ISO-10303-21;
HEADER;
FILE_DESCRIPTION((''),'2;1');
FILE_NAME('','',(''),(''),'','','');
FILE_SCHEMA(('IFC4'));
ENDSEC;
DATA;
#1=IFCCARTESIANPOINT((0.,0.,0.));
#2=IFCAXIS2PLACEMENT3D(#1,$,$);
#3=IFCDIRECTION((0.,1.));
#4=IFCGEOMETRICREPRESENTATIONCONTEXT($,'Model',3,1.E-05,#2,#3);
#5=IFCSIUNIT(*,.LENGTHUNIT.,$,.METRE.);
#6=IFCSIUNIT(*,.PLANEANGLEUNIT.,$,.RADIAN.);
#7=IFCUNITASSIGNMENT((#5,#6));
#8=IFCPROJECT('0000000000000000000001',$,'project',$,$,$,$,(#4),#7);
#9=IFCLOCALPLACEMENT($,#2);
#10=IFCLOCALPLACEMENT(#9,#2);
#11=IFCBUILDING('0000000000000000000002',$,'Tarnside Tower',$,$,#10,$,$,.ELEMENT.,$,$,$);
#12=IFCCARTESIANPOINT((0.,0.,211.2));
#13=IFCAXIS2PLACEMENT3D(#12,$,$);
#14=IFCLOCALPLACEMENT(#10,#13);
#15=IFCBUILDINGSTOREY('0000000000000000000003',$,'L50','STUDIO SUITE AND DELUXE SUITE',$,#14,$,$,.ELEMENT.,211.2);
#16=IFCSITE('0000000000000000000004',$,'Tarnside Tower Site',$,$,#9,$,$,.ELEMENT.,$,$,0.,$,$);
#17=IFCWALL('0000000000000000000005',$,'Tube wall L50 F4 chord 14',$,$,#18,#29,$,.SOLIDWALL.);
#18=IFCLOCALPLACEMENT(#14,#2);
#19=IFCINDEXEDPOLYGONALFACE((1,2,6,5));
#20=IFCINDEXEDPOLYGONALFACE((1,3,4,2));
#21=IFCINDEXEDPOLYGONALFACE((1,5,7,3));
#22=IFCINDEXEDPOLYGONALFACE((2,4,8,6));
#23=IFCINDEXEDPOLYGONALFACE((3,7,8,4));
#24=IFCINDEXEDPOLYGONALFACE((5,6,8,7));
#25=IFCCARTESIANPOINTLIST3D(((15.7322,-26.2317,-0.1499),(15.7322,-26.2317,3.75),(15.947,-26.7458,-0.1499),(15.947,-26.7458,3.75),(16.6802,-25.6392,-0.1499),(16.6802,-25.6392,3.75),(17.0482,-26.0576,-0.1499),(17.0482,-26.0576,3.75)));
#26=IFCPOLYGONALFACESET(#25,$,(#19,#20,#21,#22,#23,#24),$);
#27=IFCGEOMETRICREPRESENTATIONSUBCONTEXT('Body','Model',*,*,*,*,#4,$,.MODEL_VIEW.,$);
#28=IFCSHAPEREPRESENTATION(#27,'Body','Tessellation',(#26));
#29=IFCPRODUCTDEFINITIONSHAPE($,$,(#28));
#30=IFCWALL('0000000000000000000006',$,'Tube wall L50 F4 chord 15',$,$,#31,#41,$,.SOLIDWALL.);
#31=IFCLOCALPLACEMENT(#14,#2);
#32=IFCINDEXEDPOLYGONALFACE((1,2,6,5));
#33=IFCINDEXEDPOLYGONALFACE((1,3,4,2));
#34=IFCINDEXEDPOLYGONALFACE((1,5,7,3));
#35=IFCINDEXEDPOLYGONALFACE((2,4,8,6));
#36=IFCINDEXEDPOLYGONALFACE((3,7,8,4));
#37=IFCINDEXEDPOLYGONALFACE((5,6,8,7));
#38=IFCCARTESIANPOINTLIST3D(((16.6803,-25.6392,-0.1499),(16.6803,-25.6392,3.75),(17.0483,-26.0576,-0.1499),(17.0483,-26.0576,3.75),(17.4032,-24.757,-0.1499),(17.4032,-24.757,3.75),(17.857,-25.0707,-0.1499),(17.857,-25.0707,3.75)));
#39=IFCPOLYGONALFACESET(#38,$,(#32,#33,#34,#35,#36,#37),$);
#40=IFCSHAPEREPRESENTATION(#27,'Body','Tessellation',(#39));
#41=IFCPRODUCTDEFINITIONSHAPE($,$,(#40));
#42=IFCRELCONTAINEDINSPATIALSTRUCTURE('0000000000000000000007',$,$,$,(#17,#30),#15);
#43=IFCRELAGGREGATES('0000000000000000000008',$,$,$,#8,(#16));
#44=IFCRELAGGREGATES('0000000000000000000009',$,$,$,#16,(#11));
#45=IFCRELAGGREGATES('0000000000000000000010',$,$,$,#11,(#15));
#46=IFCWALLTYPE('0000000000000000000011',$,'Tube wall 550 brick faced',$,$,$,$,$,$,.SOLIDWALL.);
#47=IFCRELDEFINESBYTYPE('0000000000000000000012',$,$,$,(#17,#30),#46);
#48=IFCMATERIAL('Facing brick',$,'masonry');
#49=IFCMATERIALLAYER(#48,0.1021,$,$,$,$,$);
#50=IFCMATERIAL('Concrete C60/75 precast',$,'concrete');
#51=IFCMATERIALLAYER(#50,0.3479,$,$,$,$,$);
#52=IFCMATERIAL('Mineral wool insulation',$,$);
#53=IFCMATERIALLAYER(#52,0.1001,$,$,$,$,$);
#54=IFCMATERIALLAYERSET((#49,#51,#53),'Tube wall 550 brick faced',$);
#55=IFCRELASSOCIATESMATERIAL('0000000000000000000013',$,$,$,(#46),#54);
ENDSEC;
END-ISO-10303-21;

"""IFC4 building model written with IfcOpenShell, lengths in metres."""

from ifc_helpers import new_model, si_unit, direction, frame, origin, place, context, subcontext, project, spatial, polyline, outline, extrude, material, layer, layer_set, type_object, element, save


model = new_model("IFC4")

# Units and contexts
model_context = context("Model", 3, precision=1e-05, world=origin(), true_north=direction((0.0, 1.0)))
body_context = subcontext(model_context, "Body", "Model", "MODEL_VIEW")
ifc_project = project(units=[si_unit("LENGTHUNIT", "METRE"), si_unit("PLANEANGLEUNIT", "RADIAN")], contexts=[model_context])

# Site, building, storey
site_placement = place(None, origin())
site = spatial("IfcSite", under=ifc_project, at=site_placement, Name="Tarnside Tower Site", CompositionType="ELEMENT", RefElevation=0.0)
building_placement = place(site_placement, origin())
building = spatial("IfcBuilding", under=site, at=building_placement, Name="Tarnside Tower", CompositionType="ELEMENT")
storey_placement = place(building_placement, frame((0.0, 0.0, 211.2)))
storey = spatial("IfcBuildingStorey", under=building, at=storey_placement, Name="L50", Description="STUDIO SUITE AND DELUXE SUITE", CompositionType="ELEMENT", Elevation=211.2)

# Walls
ifc_material_1 = material(Name="Facing brick", Category="masonry")
ifc_layer_1 = layer(ifc_material_1, 0.1021)
ifc_material_2 = material(Name="Concrete C60/75 precast", Category="concrete")
ifc_layer_2 = layer(ifc_material_2, 0.3479)
ifc_material_3 = material(Name="Mineral wool insulation")
ifc_layer_3 = layer(ifc_material_3, 0.1001)
ifc_layer_set_1 = layer_set([ifc_layer_1, ifc_layer_2, ifc_layer_3], Name="Tube wall 550 brick faced")
wall_type_1 = type_object("IfcWallType", Name="Tube wall 550 brick faced", PredefinedType="SOLIDWALL", material=ifc_layer_set_1)
wall_1_placement = place(storey_placement, frame((15.8396, -26.4888, -0.1499), z_axis=(0.0, 0.0, 1.0), x_axis=(0.84801, 0.529981, 0.0)))
element("IfcWall", 1, at=wall_1_placement, inside=storey, type_object=wall_type_1, Name="Tube wall L50 F4 chord 14", PredefinedType="SOLIDWALL", context=body_context, shape_type="SweptSolid", body=[
    extrude(outline(polyline([(-0.0452, -0.2749), (1.2534, -0.2749), (1.1631, 0.2749), (0.0452, 0.2749), (-0.0452, -0.2749)])), origin(), (0.0, 0.0, 1.0), 3.8999),
])
wall_2_placement = place(storey_placement, frame((16.8643, -25.8484, -0.1499), z_axis=(0.0, 0.0, 1.0), x_axis=(0.633843, 0.773462, 0.0)))
element("IfcWall", 2, at=wall_2_placement, inside=storey, type_object=wall_type_1, Name="Tube wall L50 F4 chord 15", PredefinedType="SOLIDWALL", context=body_context, shape_type="SweptSolid", body=[
    extrude(outline(polyline([(-0.0452, -0.2749), (1.2307, -0.2749), (1.1858, 0.2749), (0.0452, 0.2749), (-0.0452, -0.2749)])), origin(), (0.0, 0.0, 1.0), 3.8999),
])

save(model, "model.ifc")
